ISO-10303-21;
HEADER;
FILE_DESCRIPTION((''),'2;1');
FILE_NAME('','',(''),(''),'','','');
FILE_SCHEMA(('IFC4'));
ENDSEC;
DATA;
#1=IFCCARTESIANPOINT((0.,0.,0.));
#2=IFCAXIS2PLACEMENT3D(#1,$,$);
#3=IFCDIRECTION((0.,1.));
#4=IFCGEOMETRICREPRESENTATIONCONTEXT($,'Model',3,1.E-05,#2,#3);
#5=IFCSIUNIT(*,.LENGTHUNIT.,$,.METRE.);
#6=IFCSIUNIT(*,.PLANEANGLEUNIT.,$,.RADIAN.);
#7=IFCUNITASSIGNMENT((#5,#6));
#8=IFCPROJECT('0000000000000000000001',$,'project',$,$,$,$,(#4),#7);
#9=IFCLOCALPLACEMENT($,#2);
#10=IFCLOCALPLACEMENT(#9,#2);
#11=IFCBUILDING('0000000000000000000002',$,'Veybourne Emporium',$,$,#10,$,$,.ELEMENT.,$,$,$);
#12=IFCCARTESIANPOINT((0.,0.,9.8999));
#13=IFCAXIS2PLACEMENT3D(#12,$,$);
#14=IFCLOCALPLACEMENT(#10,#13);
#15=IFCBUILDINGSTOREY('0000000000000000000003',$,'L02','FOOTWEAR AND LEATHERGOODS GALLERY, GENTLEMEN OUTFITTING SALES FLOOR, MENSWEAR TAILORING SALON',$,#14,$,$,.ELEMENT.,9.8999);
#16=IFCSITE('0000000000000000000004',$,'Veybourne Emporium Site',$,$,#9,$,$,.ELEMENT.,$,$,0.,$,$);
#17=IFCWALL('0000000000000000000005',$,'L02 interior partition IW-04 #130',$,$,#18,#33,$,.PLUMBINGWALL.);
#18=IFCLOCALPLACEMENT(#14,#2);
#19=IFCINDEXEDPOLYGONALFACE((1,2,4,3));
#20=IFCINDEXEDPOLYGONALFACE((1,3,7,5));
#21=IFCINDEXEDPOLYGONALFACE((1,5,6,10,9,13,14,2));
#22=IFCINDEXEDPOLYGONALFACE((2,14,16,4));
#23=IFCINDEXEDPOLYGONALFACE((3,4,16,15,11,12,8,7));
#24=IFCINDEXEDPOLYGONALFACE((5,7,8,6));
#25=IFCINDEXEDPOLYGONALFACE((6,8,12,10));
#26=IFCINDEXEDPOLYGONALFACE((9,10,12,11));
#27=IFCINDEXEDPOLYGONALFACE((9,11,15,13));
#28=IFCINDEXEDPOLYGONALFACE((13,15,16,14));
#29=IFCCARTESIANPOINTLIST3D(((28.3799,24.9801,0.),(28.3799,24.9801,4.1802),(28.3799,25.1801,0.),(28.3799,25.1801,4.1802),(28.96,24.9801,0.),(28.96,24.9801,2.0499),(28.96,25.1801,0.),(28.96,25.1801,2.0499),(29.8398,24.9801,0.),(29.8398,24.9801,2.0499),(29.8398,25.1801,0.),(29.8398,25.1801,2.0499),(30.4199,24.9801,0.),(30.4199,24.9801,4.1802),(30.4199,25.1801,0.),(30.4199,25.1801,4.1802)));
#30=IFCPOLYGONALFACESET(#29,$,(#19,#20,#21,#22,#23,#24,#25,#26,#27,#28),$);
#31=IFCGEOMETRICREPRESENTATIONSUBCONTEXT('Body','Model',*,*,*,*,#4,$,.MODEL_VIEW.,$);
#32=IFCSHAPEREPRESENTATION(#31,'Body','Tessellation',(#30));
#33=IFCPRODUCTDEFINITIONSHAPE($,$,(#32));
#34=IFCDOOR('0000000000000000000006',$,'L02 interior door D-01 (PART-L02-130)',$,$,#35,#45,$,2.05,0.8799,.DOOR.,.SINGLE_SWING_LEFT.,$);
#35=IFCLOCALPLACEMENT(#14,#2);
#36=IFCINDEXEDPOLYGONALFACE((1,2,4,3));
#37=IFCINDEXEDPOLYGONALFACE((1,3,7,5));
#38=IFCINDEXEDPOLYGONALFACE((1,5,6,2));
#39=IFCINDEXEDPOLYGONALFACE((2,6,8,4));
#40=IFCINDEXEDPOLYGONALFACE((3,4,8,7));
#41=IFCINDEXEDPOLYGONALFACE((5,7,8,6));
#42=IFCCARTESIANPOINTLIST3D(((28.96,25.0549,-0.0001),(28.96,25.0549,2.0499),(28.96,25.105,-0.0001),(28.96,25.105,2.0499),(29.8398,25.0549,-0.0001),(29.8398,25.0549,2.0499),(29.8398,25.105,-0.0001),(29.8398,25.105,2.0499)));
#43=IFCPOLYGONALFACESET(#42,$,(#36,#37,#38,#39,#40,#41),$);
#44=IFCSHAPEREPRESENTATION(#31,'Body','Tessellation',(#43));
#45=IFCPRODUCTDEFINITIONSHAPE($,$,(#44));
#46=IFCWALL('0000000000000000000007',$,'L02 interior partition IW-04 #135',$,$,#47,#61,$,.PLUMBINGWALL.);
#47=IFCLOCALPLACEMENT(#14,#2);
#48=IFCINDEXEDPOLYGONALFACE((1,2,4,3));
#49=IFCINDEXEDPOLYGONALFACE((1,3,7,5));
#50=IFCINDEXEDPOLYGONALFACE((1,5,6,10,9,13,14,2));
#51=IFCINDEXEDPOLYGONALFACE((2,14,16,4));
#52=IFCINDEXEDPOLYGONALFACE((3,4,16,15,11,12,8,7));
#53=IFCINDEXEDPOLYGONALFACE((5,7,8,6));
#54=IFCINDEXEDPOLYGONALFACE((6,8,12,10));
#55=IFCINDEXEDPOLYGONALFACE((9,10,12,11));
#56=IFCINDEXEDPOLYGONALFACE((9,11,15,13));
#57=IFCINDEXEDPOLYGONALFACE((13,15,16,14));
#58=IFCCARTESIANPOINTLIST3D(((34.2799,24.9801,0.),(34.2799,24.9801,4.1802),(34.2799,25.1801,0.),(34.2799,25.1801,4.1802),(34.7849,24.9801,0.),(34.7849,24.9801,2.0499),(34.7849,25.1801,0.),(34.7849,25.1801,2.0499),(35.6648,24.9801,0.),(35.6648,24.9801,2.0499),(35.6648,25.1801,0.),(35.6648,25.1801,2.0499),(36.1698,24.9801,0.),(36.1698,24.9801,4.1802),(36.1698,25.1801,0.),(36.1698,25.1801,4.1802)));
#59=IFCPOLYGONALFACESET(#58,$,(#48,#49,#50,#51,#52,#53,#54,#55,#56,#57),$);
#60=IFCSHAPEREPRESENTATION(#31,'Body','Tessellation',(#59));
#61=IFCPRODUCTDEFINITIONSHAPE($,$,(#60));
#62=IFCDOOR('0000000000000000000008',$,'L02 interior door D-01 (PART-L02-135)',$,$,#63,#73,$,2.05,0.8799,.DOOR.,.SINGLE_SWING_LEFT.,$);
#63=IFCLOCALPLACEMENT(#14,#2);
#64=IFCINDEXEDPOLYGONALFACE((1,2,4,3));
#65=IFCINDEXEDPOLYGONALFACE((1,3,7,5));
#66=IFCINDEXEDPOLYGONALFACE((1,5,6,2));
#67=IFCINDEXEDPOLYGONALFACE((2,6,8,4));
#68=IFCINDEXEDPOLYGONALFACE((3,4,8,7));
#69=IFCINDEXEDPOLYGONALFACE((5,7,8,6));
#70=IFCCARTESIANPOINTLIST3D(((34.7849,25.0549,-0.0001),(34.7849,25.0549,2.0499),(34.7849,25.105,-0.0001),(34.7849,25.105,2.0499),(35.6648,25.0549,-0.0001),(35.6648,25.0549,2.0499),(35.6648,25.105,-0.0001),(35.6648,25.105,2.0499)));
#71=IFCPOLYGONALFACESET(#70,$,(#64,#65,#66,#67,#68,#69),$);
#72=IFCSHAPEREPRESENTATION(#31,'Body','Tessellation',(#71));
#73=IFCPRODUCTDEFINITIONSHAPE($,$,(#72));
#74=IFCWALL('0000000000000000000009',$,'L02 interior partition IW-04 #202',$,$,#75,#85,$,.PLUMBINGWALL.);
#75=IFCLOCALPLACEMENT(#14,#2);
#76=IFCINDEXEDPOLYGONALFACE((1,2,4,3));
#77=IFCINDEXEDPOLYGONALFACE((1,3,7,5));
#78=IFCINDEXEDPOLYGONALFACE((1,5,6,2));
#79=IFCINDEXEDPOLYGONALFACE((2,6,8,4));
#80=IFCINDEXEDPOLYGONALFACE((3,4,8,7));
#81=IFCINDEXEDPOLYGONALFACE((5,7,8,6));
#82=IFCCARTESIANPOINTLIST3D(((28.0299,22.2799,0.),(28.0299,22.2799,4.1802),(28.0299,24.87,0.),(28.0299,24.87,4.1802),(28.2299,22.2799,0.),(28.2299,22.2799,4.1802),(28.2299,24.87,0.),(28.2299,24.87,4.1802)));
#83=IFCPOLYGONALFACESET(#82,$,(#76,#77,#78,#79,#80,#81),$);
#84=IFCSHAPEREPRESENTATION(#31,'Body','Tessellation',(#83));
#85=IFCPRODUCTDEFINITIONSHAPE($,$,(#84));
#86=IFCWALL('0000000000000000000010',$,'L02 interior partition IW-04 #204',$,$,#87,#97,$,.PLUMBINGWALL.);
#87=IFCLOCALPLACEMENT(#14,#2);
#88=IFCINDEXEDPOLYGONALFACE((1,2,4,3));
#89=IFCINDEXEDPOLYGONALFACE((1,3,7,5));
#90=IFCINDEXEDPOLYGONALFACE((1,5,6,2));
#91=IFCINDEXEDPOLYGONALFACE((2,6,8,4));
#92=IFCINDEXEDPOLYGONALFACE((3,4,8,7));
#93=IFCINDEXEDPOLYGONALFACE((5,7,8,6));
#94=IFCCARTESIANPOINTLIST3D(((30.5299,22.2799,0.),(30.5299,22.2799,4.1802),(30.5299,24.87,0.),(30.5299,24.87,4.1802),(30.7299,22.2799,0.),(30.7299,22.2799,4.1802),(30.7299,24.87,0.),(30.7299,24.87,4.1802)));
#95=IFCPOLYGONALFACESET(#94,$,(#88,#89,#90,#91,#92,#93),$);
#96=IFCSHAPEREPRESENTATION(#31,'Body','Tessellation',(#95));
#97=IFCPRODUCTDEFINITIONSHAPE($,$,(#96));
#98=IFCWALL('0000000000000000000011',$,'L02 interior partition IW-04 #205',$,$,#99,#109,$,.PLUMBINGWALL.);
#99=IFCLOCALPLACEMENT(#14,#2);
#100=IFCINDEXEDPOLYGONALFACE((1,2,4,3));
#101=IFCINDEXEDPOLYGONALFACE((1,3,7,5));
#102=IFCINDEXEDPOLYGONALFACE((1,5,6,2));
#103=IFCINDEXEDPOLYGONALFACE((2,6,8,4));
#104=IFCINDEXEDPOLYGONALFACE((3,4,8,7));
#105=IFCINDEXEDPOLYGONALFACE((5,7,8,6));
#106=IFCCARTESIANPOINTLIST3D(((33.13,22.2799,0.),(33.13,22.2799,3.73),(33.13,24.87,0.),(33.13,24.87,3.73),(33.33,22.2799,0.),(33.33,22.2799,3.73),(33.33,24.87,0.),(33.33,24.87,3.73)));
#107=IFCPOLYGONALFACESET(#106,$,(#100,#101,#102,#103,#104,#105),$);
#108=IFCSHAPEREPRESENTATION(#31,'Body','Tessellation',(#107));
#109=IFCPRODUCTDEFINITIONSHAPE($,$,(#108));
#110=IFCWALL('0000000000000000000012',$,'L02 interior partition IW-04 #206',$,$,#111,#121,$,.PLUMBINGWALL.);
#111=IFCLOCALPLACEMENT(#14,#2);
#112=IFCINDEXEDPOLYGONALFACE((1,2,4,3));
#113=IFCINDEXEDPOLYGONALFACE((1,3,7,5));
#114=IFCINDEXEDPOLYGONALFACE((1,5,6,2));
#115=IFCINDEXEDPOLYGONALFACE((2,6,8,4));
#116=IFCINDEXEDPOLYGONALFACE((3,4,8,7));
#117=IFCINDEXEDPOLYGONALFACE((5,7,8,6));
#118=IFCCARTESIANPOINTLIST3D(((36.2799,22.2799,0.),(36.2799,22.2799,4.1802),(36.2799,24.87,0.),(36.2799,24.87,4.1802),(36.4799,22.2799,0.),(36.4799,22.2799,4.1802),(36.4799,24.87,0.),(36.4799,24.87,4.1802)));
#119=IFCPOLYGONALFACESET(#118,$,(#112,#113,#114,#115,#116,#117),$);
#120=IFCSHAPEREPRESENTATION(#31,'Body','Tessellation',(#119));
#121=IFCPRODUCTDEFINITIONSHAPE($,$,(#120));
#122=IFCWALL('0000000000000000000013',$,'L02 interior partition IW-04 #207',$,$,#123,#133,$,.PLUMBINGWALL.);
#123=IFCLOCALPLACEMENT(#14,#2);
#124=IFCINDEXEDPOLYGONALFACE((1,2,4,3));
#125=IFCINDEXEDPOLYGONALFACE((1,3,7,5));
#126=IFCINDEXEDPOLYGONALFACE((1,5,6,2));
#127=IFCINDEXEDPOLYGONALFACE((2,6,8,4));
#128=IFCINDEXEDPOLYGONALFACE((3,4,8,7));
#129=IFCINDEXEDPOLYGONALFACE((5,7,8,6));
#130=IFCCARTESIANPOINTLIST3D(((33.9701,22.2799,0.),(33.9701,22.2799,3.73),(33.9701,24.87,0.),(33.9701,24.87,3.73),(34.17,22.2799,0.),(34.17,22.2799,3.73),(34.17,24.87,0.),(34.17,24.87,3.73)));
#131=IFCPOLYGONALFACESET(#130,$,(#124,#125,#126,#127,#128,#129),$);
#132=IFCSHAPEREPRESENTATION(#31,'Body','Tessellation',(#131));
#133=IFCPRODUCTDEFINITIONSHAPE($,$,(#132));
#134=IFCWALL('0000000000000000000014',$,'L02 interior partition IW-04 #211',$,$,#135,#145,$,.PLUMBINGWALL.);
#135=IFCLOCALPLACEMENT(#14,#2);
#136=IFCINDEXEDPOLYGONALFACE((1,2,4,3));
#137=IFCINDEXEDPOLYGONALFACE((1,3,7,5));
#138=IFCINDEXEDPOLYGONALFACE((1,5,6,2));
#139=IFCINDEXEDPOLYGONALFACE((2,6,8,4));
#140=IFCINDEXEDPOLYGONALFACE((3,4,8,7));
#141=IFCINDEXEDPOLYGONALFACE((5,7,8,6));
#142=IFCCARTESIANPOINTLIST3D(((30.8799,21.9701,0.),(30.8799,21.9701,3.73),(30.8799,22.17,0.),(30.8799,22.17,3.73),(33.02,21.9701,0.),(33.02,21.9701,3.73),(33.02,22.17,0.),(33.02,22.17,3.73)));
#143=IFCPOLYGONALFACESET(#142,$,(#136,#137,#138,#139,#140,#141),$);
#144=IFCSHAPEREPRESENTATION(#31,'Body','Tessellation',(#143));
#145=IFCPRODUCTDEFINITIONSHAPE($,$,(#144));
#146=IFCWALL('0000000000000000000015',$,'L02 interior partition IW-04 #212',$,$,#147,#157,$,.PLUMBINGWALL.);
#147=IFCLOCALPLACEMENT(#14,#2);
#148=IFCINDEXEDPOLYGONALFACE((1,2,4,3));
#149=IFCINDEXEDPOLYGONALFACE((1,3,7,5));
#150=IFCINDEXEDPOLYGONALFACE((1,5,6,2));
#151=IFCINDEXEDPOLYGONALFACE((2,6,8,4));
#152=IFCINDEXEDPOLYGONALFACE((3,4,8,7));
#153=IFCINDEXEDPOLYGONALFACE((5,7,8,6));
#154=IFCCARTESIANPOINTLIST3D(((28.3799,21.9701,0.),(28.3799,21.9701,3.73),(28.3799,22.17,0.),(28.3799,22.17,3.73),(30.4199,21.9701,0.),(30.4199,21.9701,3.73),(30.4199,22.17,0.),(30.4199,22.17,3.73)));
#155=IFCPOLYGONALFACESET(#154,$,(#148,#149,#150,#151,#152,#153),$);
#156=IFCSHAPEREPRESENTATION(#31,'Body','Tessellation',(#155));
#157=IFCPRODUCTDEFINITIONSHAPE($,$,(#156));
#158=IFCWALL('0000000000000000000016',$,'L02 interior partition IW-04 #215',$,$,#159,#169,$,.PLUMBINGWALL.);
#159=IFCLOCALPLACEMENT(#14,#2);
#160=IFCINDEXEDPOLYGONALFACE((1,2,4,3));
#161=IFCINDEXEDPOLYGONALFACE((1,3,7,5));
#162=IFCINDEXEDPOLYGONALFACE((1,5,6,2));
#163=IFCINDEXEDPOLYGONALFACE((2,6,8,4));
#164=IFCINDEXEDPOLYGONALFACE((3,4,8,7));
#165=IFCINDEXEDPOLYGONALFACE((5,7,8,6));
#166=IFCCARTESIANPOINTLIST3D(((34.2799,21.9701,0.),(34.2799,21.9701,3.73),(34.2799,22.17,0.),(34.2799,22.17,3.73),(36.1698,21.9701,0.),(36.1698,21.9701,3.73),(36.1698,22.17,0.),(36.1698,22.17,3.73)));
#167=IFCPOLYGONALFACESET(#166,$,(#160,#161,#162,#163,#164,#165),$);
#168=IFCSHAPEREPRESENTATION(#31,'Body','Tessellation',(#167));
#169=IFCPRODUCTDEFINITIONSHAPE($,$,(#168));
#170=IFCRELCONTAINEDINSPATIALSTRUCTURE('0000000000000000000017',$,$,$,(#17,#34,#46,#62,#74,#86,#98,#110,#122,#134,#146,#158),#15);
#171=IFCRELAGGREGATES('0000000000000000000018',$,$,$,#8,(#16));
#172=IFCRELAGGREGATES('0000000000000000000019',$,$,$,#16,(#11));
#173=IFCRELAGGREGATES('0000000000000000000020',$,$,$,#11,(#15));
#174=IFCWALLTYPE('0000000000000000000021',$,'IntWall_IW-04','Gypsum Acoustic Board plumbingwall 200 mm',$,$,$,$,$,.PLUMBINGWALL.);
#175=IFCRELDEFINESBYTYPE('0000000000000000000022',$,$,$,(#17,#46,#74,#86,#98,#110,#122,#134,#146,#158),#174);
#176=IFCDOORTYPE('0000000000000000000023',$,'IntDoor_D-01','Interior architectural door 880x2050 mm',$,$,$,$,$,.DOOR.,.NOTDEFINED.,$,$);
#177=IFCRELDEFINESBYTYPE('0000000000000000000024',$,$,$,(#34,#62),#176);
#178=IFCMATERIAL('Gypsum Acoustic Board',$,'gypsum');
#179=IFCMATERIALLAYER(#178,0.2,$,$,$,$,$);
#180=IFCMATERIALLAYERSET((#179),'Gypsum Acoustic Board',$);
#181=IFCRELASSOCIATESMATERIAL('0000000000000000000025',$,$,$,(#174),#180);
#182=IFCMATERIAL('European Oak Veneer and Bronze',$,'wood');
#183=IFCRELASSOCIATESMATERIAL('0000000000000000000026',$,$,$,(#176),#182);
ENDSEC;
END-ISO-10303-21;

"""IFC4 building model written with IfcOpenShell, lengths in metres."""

from ifc_helpers import new_model, si_unit, direction, frame, frame_2d, origin, place, context, subcontext, project, spatial, rectangle, extrude, material, layer, layer_set, type_object, element, fill, save


model = new_model("IFC4")

# Units and contexts
model_context = context("Model", 3, precision=1e-05, world=origin(), true_north=direction((0.0, 1.0)))
body_context = subcontext(model_context, "Body", "Model", "MODEL_VIEW")
ifc_project = project(units=[si_unit("LENGTHUNIT", "METRE"), si_unit("PLANEANGLEUNIT", "RADIAN")], contexts=[model_context])

# Site, building, storey
site_placement = place(None, origin())
site = spatial("IfcSite", under=ifc_project, at=site_placement, Name="Veybourne Emporium Site", CompositionType="ELEMENT", RefElevation=0.0)
building_placement = place(site_placement, origin())
building = spatial("IfcBuilding", under=site, at=building_placement, Name="Veybourne Emporium", CompositionType="ELEMENT")
storey_placement = place(building_placement, frame((0.0, 0.0, 9.8999)))
storey = spatial("IfcBuildingStorey", under=building, at=storey_placement, Name="L02", Description="FOOTWEAR AND LEATHERGOODS GALLERY, GENTLEMEN OUTFITTING SALES FLOOR, MENSWEAR TAILORING SALON", CompositionType="ELEMENT", Elevation=9.8999)

# Shared definitions
ifc_material_1 = material(Name="Gypsum Acoustic Board", Category="gypsum")

# Shared definitions
ifc_material_2 = material(Name="European Oak Veneer and Bronze", Category="wood")

# Walls, openings, doors
ifc_layer_1 = layer(ifc_material_1, 0.2)
ifc_layer_set_1 = layer_set([ifc_layer_1], Name="Gypsum Acoustic Board")
wall_type_1 = type_object("IfcWallType", Name="IntWall_IW-04", Description="Gypsum Acoustic Board plumbingwall 200 mm", PredefinedType="PLUMBINGWALL", material=ifc_layer_set_1)
wall_1_placement = place(storey_placement, frame((28.3799, 25.0801, 0.0), z_axis=(0.0, 0.0, 1.0), x_axis=(1.0, 0.0, 0.0)))
wall_1 = element("IfcWall", 1, at=wall_1_placement, inside=storey, type_object=wall_type_1, Name="L02 interior partition IW-04 #130", PredefinedType="PLUMBINGWALL", context=body_context, shape_type="SweptSolid", body=[
    extrude(rectangle(XDim=2.04, YDim=0.2, at=frame_2d((1.02, 0.0))), origin(), (0.0, 0.0, 1.0), 4.1802),
])
opening_1_placement = place(wall_1_placement, frame((0.5801, 0.0, 0.0)))
opening_1 = element("IfcOpeningElement", 2, at=opening_1_placement, cuts=wall_1, PredefinedType="OPENING", context=body_context, shape_type="SweptSolid", body=[
    extrude(rectangle(XDim=0.8799, YDim=2.05, at=frame_2d((0.4399, 1.0249))), frame((0.0, 0.1201, 0.0), z_axis=(0.0, -1.0, 0.0), x_axis=(1.0, 0.0, 0.0)), (0.0, 0.0, 1.0), 0.24),
])
door_type_1 = type_object("IfcDoorType", Name="IntDoor_D-01", Description="Interior architectural door 880x2050 mm", OperationType="NOTDEFINED", PredefinedType="DOOR", material=ifc_material_2)
door_1_placement = place(opening_1_placement, origin())
door_1 = element("IfcDoor", 3, at=door_1_placement, inside=storey, type_object=door_type_1, Name="L02 interior door D-01 (PART-L02-130)", OperationType="SINGLE_SWING_LEFT", OverallHeight=2.05, OverallWidth=0.8799, PredefinedType="DOOR", context=body_context, shape_type="SweptSolid", body=[
    extrude(rectangle(XDim=0.8799, YDim=2.05, at=frame_2d((0.4399, 1.0249))), frame((0.0, 0.0249, 0.0), z_axis=(0.0, -1.0, 0.0), x_axis=(1.0, 0.0, 0.0)), (0.0, 0.0, 1.0), 0.05),
])
fill(opening_1, door_1)
wall_2_placement = place(storey_placement, frame((34.28, 25.0801, 0.0), z_axis=(0.0, 0.0, 1.0), x_axis=(1.0, 0.0, 0.0)))
wall_2 = element("IfcWall", 4, at=wall_2_placement, inside=storey, type_object=wall_type_1, Name="L02 interior partition IW-04 #135", PredefinedType="PLUMBINGWALL", context=body_context, shape_type="SweptSolid", body=[
    extrude(rectangle(XDim=1.8899, YDim=0.2, at=frame_2d((0.9448, 0.0))), origin(), (0.0, 0.0, 1.0), 4.1802),
])
opening_2_placement = place(wall_2_placement, frame((0.5049, 0.0, 0.0)))
opening_2 = element("IfcOpeningElement", 5, at=opening_2_placement, cuts=wall_2, PredefinedType="OPENING", context=body_context, shape_type="SweptSolid", body=[
    extrude(rectangle(XDim=0.8799, YDim=2.05, at=frame_2d((0.4399, 1.0249))), frame((0.0, 0.1201, 0.0), z_axis=(0.0, -1.0, 0.0), x_axis=(1.0, 0.0, 0.0)), (0.0, 0.0, 1.0), 0.24),
])
door_2_placement = place(opening_2_placement, origin())
door_2 = element("IfcDoor", 6, at=door_2_placement, inside=storey, type_object=door_type_1, Name="L02 interior door D-01 (PART-L02-135)", OperationType="SINGLE_SWING_LEFT", OverallHeight=2.05, OverallWidth=0.8799, PredefinedType="DOOR", context=body_context, shape_type="SweptSolid", body=[
    extrude(rectangle(XDim=0.8799, YDim=2.05, at=frame_2d((0.4399, 1.0249))), frame((0.0, 0.0249, 0.0), z_axis=(0.0, -1.0, 0.0), x_axis=(1.0, 0.0, 0.0)), (0.0, 0.0, 1.0), 0.05),
])
fill(opening_2, door_2)

# Walls
for number, where, z_axis, x_axis, name in (
    (7, (28.1299, 22.28, 0.0), (0.0, 0.0, 1.0), (0.0, 1.0, 0.0), "L02 interior partition IW-04 #202"),
    (8, (30.6299, 22.28, 0.0), (0.0, 0.0, 1.0), (0.0, 1.0, 0.0), "L02 interior partition IW-04 #204"),
):
    element("IfcWall", number, at=place(storey_placement, frame(where, z_axis=z_axis, x_axis=x_axis)), inside=storey, type_object=wall_type_1, Name=name, PredefinedType="PLUMBINGWALL", context=body_context, shape_type="SweptSolid", body=[
        extrude(rectangle(XDim=2.5901, YDim=0.2, at=frame_2d((1.2949, 0.0))), origin(), (0.0, 0.0, 1.0), 4.1802),
    ])
wall_3_placement = place(storey_placement, frame((33.23, 22.28, 0.0), z_axis=(0.0, 0.0, 1.0), x_axis=(0.0, 1.0, 0.0)))
element("IfcWall", 9, at=wall_3_placement, inside=storey, type_object=wall_type_1, Name="L02 interior partition IW-04 #205", PredefinedType="PLUMBINGWALL", context=body_context, shape_type="SweptSolid", body=[
    extrude(rectangle(XDim=2.5901, YDim=0.2, at=frame_2d((1.2949, 0.0))), origin(), (0.0, 0.0, 1.0), 3.73),
])
wall_4_placement = place(storey_placement, frame((36.3799, 22.28, 0.0), z_axis=(0.0, 0.0, 1.0), x_axis=(0.0, 1.0, 0.0)))
element("IfcWall", 10, at=wall_4_placement, inside=storey, type_object=wall_type_1, Name="L02 interior partition IW-04 #206", PredefinedType="PLUMBINGWALL", context=body_context, shape_type="SweptSolid", body=[
    extrude(rectangle(XDim=2.5901, YDim=0.2, at=frame_2d((1.2949, 0.0))), origin(), (0.0, 0.0, 1.0), 4.1802),
])
wall_5_placement = place(storey_placement, frame((34.0701, 22.28, 0.0), z_axis=(0.0, 0.0, 1.0), x_axis=(0.0, 1.0, 0.0)))
element("IfcWall", 11, at=wall_5_placement, inside=storey, type_object=wall_type_1, Name="L02 interior partition IW-04 #207", PredefinedType="PLUMBINGWALL", context=body_context, shape_type="SweptSolid", body=[
    extrude(rectangle(XDim=2.5901, YDim=0.2, at=frame_2d((1.2949, 0.0))), origin(), (0.0, 0.0, 1.0), 3.73),
])
wall_6_placement = place(storey_placement, frame((30.8799, 22.0701, 0.0), z_axis=(0.0, 0.0, 1.0), x_axis=(1.0, 0.0, 0.0)))
element("IfcWall", 12, at=wall_6_placement, inside=storey, type_object=wall_type_1, Name="L02 interior partition IW-04 #211", PredefinedType="PLUMBINGWALL", context=body_context, shape_type="SweptSolid", body=[
    extrude(rectangle(XDim=2.1401, YDim=0.2, at=frame_2d((1.0701, 0.0))), origin(), (0.0, 0.0, 1.0), 3.73),
])
wall_7_placement = place(storey_placement, frame((28.3799, 22.0701, 0.0), z_axis=(0.0, 0.0, 1.0), x_axis=(1.0, 0.0, 0.0)))
element("IfcWall", 13, at=wall_7_placement, inside=storey, type_object=wall_type_1, Name="L02 interior partition IW-04 #212", PredefinedType="PLUMBINGWALL", context=body_context, shape_type="SweptSolid", body=[
    extrude(rectangle(XDim=2.04, YDim=0.2, at=frame_2d((1.02, 0.0))), origin(), (0.0, 0.0, 1.0), 3.73),
])
wall_8_placement = place(storey_placement, frame((34.28, 22.0701, 0.0), z_axis=(0.0, 0.0, 1.0), x_axis=(1.0, 0.0, 0.0)))
element("IfcWall", 14, at=wall_8_placement, inside=storey, type_object=wall_type_1, Name="L02 interior partition IW-04 #215", PredefinedType="PLUMBINGWALL", context=body_context, shape_type="SweptSolid", body=[
    extrude(rectangle(XDim=1.8899, YDim=0.2, at=frame_2d((0.9448, 0.0))), origin(), (0.0, 0.0, 1.0), 3.73),
])

save(model, "model.ifc")
